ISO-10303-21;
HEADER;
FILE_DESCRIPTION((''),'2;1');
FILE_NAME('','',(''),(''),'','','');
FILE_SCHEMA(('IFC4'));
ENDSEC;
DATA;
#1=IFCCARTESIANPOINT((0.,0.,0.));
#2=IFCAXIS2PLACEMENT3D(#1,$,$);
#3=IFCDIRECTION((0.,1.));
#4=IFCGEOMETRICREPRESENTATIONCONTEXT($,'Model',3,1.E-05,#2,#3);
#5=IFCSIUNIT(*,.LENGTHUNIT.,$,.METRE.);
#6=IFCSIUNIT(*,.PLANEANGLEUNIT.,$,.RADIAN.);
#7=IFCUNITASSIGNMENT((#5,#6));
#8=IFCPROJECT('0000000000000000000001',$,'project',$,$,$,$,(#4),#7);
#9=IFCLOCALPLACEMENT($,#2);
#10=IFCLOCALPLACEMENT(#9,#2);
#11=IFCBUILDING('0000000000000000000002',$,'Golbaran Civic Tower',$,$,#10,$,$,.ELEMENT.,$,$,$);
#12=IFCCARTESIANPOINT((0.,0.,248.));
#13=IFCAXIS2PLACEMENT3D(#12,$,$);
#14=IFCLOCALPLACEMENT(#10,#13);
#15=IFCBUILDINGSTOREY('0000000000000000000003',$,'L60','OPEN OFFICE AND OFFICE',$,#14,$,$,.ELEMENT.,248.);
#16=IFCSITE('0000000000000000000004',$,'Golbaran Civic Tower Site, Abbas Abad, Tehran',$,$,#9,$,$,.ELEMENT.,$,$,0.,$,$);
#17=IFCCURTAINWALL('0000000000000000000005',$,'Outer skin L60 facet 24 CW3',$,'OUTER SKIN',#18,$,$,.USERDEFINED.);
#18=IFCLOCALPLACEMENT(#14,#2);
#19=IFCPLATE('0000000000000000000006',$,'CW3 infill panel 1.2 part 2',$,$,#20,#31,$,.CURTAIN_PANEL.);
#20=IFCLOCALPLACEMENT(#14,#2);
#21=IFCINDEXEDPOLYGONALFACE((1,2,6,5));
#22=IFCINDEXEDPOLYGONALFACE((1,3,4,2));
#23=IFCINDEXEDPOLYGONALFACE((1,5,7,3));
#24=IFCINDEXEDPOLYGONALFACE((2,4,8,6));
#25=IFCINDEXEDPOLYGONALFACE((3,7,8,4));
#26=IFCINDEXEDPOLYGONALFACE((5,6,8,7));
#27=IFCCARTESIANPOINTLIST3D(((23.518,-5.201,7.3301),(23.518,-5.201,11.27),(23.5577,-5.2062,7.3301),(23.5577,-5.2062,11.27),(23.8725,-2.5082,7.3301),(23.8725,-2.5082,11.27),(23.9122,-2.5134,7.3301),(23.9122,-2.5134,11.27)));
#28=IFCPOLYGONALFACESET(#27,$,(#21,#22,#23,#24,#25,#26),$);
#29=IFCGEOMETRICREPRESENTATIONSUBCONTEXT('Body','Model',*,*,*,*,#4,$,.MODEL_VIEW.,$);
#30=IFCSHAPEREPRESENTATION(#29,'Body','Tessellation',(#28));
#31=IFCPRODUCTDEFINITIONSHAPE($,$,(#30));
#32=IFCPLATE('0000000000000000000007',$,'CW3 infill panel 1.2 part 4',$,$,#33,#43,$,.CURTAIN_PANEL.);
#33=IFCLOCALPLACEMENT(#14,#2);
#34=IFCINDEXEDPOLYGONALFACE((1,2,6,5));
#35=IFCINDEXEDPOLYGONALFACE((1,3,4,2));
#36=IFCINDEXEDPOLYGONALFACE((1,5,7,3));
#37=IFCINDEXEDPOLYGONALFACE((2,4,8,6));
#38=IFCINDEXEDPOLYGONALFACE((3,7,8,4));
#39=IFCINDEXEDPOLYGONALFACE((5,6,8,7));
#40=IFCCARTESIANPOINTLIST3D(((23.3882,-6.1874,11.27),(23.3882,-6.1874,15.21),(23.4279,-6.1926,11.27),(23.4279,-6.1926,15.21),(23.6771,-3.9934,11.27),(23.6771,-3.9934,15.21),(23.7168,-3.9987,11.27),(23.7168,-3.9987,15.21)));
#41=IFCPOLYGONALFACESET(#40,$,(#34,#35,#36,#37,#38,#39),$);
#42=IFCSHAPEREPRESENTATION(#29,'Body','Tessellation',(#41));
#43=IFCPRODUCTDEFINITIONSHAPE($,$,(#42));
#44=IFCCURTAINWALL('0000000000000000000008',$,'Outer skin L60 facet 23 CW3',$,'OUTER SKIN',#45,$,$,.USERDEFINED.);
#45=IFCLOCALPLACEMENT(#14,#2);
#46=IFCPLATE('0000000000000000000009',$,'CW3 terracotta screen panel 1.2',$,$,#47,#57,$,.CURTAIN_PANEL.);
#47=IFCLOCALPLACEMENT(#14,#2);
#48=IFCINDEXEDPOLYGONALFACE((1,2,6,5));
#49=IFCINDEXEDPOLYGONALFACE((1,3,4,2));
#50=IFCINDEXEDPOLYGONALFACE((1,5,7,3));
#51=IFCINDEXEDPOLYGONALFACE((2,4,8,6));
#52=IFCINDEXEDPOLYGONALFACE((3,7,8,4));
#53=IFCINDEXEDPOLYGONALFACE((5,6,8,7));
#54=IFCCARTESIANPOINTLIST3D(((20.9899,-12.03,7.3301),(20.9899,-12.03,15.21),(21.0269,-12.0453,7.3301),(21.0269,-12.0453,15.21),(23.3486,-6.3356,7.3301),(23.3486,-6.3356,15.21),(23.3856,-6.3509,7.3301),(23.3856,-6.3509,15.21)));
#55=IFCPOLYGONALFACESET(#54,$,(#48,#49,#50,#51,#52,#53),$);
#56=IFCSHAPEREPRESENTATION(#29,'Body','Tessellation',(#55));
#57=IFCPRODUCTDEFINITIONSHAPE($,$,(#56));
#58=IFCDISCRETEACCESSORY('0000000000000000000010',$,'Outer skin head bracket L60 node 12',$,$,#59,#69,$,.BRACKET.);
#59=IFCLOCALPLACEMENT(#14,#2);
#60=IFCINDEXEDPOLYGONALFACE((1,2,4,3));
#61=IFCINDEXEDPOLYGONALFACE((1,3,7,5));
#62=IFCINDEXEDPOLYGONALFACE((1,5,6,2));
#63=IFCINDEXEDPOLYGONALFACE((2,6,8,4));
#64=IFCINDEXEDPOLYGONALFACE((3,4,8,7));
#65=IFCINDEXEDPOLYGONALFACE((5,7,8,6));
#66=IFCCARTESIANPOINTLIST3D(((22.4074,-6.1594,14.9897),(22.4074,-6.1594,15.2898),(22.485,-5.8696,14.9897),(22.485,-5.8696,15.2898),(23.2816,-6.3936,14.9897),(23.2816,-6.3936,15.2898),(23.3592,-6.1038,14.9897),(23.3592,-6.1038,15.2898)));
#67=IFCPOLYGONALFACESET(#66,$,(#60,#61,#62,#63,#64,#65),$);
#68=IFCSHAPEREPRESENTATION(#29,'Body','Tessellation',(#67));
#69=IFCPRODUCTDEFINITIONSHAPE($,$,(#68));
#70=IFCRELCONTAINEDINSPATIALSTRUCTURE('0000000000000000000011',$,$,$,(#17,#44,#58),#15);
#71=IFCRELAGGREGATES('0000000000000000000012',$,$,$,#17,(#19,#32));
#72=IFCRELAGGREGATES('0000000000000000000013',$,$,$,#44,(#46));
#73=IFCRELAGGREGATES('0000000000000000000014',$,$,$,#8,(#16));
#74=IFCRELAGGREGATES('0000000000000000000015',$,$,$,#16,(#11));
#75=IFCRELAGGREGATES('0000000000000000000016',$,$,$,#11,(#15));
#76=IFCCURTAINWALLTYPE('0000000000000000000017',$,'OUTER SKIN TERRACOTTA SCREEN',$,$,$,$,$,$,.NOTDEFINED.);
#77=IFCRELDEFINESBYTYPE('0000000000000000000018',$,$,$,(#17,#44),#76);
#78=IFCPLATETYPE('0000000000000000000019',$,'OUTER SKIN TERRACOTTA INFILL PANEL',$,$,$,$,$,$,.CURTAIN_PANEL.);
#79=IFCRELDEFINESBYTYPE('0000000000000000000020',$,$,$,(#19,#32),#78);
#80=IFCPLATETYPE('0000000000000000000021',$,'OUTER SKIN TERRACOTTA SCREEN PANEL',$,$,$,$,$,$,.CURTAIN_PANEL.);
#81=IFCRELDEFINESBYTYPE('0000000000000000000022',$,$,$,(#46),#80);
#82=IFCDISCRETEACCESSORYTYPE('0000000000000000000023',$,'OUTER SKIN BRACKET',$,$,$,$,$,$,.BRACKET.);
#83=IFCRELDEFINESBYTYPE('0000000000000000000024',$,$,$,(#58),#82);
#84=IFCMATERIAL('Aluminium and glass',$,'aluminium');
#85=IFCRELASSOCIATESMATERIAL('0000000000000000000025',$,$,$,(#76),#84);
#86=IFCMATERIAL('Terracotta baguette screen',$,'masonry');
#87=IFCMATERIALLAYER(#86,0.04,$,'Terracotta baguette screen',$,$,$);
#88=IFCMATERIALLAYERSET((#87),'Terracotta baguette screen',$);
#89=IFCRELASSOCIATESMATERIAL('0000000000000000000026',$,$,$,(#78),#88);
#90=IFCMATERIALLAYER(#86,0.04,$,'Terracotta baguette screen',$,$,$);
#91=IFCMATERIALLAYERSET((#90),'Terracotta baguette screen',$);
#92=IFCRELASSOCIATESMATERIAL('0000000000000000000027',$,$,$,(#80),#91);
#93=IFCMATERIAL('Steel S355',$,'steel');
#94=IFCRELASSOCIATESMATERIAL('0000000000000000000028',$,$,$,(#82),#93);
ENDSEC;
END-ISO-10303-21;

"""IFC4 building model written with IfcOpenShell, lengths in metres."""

from ifc_helpers import new_model, si_unit, direction, frame, origin, origin_2d, place, context, subcontext, project, spatial, rectangle, extrude, material, layer, layer_set, type_object, element, aggregate, save


model = new_model("IFC4")

# Units and contexts
model_context = context("Model", 3, precision=1e-05, world=origin(), true_north=direction((0.0, 1.0)))
body_context = subcontext(model_context, "Body", "Model", "MODEL_VIEW")
ifc_project = project(units=[si_unit("LENGTHUNIT", "METRE"), si_unit("PLANEANGLEUNIT", "RADIAN")], contexts=[model_context])

# Site, building, storey
site_placement = place(None, origin())
site = spatial("IfcSite", under=ifc_project, at=site_placement, Name="Golbaran Civic Tower Site, Abbas Abad, Tehran", CompositionType="ELEMENT", RefElevation=0.0)
building_placement = place(site_placement, origin())
building = spatial("IfcBuilding", under=site, at=building_placement, Name="Golbaran Civic Tower", CompositionType="ELEMENT")
storey_placement = place(building_placement, frame((0.0, 0.0, 248.0)))
storey = spatial("IfcBuildingStorey", under=building, at=storey_placement, Name="L60", Description="OPEN OFFICE AND OFFICE", CompositionType="ELEMENT", Elevation=248.0)

# Curtain wall
ifc_material_1 = material(Name="Aluminium and glass", Category="aluminium")
curtain_wall_type_1 = type_object("IfcCurtainWallType", Name="OUTER SKIN TERRACOTTA SCREEN", PredefinedType="NOTDEFINED", material=ifc_material_1)
curtain_wall_1_placement = place(storey_placement, origin())
curtain_wall_1 = element("IfcCurtainWall", 1, at=curtain_wall_1_placement, inside=storey, type_object=curtain_wall_type_1, Name="Outer skin L60 facet 24 CW3", ObjectType="OUTER SKIN", PredefinedType="USERDEFINED")

# Plates
ifc_material_2 = material(Name="Terracotta baguette screen", Category="masonry")
ifc_layer_1 = layer(ifc_material_2, 0.04, Name="Terracotta baguette screen")
ifc_layer_set_1 = layer_set([ifc_layer_1], Name="Terracotta baguette screen")
plate_type_1 = type_object("IfcPlateType", Name="OUTER SKIN TERRACOTTA INFILL PANEL", PredefinedType="CURTAIN_PANEL", material=ifc_layer_set_1)
plate_1_placement = place(storey_placement, frame((23.7151, -3.8572, 7.3301), z_axis=(0.0, 0.0, 1.0), x_axis=(0.130526, 0.991445, 0.0)))
plate_1 = element("IfcPlate", 2, at=plate_1_placement, type_object=plate_type_1, Name="CW3 infill panel 1.2 part 2", PredefinedType="CURTAIN_PANEL", context=body_context, shape_type="SweptSolid", body=[
    extrude(rectangle(XDim=2.7161, YDim=0.04, at=origin_2d()), origin(), (0.0, 0.0, 1.0), 3.9399),
])
plate_2_placement = place(storey_placement, frame((23.5525, -5.093, 11.27), z_axis=(0.0, 0.0, 1.0), x_axis=(0.130526, 0.991445, 0.0)))
plate_2 = element("IfcPlate", 3, at=plate_2_placement, type_object=plate_type_1, Name="CW3 infill panel 1.2 part 4", PredefinedType="CURTAIN_PANEL", context=body_context, shape_type="SweptSolid", body=[
    extrude(rectangle(XDim=2.2129, YDim=0.04, at=origin_2d()), origin(), (0.0, 0.0, 1.0), 3.9399),
])
aggregate(curtain_wall_1, [plate_1, plate_2])

# Curtain wall, plate
curtain_wall_2_placement = place(storey_placement, origin())
curtain_wall_2 = element("IfcCurtainWall", 4, at=curtain_wall_2_placement, inside=storey, type_object=curtain_wall_type_1, Name="Outer skin L60 facet 23 CW3", ObjectType="OUTER SKIN", PredefinedType="USERDEFINED")
ifc_layer_2 = layer(ifc_material_2, 0.04, Name="Terracotta baguette screen")
ifc_layer_set_2 = layer_set([ifc_layer_2], Name="Terracotta baguette screen")
plate_type_2 = type_object("IfcPlateType", Name="OUTER SKIN TERRACOTTA SCREEN PANEL", PredefinedType="CURTAIN_PANEL", material=ifc_layer_set_2)
plate_3_placement = place(storey_placement, frame((22.1877, -9.1904, 7.3301), z_axis=(0.0, 0.0, 1.0), x_axis=(0.382683, 0.92388, 0.0)))
plate_3 = element("IfcPlate", 5, at=plate_3_placement, type_object=plate_type_2, Name="CW3 terracotta screen panel 1.2", PredefinedType="CURTAIN_PANEL", context=body_context, shape_type="SweptSolid", body=[
    extrude(rectangle(XDim=6.1636, YDim=0.04, at=origin_2d()), origin(), (0.0, 0.0, 1.0), 7.8799),
])
aggregate(curtain_wall_2, [plate_3])

# Discrete accessory
ifc_material_3 = material(Name="Steel S355", Category="steel")
discrete_accessory_type = type_object("IfcDiscreteAccessoryType", Name="OUTER SKIN BRACKET", PredefinedType="BRACKET", material=ifc_material_3)
discrete_accessory_placement = place(storey_placement, frame((22.8833, -6.1316, 14.9897), z_axis=(0.0, 0.0, 1.0), x_axis=(0.965926, -0.258819, 0.0)))
element("IfcDiscreteAccessory", 6, at=discrete_accessory_placement, inside=storey, type_object=discrete_accessory_type, Name="Outer skin head bracket L60 node 12", PredefinedType="BRACKET", context=body_context, shape_type="SweptSolid", body=[
    extrude(rectangle(XDim=0.905, YDim=0.3, at=origin_2d()), origin(), (0.0, 0.0, 1.0), 0.3),
])

save(model, "model.ifc")
